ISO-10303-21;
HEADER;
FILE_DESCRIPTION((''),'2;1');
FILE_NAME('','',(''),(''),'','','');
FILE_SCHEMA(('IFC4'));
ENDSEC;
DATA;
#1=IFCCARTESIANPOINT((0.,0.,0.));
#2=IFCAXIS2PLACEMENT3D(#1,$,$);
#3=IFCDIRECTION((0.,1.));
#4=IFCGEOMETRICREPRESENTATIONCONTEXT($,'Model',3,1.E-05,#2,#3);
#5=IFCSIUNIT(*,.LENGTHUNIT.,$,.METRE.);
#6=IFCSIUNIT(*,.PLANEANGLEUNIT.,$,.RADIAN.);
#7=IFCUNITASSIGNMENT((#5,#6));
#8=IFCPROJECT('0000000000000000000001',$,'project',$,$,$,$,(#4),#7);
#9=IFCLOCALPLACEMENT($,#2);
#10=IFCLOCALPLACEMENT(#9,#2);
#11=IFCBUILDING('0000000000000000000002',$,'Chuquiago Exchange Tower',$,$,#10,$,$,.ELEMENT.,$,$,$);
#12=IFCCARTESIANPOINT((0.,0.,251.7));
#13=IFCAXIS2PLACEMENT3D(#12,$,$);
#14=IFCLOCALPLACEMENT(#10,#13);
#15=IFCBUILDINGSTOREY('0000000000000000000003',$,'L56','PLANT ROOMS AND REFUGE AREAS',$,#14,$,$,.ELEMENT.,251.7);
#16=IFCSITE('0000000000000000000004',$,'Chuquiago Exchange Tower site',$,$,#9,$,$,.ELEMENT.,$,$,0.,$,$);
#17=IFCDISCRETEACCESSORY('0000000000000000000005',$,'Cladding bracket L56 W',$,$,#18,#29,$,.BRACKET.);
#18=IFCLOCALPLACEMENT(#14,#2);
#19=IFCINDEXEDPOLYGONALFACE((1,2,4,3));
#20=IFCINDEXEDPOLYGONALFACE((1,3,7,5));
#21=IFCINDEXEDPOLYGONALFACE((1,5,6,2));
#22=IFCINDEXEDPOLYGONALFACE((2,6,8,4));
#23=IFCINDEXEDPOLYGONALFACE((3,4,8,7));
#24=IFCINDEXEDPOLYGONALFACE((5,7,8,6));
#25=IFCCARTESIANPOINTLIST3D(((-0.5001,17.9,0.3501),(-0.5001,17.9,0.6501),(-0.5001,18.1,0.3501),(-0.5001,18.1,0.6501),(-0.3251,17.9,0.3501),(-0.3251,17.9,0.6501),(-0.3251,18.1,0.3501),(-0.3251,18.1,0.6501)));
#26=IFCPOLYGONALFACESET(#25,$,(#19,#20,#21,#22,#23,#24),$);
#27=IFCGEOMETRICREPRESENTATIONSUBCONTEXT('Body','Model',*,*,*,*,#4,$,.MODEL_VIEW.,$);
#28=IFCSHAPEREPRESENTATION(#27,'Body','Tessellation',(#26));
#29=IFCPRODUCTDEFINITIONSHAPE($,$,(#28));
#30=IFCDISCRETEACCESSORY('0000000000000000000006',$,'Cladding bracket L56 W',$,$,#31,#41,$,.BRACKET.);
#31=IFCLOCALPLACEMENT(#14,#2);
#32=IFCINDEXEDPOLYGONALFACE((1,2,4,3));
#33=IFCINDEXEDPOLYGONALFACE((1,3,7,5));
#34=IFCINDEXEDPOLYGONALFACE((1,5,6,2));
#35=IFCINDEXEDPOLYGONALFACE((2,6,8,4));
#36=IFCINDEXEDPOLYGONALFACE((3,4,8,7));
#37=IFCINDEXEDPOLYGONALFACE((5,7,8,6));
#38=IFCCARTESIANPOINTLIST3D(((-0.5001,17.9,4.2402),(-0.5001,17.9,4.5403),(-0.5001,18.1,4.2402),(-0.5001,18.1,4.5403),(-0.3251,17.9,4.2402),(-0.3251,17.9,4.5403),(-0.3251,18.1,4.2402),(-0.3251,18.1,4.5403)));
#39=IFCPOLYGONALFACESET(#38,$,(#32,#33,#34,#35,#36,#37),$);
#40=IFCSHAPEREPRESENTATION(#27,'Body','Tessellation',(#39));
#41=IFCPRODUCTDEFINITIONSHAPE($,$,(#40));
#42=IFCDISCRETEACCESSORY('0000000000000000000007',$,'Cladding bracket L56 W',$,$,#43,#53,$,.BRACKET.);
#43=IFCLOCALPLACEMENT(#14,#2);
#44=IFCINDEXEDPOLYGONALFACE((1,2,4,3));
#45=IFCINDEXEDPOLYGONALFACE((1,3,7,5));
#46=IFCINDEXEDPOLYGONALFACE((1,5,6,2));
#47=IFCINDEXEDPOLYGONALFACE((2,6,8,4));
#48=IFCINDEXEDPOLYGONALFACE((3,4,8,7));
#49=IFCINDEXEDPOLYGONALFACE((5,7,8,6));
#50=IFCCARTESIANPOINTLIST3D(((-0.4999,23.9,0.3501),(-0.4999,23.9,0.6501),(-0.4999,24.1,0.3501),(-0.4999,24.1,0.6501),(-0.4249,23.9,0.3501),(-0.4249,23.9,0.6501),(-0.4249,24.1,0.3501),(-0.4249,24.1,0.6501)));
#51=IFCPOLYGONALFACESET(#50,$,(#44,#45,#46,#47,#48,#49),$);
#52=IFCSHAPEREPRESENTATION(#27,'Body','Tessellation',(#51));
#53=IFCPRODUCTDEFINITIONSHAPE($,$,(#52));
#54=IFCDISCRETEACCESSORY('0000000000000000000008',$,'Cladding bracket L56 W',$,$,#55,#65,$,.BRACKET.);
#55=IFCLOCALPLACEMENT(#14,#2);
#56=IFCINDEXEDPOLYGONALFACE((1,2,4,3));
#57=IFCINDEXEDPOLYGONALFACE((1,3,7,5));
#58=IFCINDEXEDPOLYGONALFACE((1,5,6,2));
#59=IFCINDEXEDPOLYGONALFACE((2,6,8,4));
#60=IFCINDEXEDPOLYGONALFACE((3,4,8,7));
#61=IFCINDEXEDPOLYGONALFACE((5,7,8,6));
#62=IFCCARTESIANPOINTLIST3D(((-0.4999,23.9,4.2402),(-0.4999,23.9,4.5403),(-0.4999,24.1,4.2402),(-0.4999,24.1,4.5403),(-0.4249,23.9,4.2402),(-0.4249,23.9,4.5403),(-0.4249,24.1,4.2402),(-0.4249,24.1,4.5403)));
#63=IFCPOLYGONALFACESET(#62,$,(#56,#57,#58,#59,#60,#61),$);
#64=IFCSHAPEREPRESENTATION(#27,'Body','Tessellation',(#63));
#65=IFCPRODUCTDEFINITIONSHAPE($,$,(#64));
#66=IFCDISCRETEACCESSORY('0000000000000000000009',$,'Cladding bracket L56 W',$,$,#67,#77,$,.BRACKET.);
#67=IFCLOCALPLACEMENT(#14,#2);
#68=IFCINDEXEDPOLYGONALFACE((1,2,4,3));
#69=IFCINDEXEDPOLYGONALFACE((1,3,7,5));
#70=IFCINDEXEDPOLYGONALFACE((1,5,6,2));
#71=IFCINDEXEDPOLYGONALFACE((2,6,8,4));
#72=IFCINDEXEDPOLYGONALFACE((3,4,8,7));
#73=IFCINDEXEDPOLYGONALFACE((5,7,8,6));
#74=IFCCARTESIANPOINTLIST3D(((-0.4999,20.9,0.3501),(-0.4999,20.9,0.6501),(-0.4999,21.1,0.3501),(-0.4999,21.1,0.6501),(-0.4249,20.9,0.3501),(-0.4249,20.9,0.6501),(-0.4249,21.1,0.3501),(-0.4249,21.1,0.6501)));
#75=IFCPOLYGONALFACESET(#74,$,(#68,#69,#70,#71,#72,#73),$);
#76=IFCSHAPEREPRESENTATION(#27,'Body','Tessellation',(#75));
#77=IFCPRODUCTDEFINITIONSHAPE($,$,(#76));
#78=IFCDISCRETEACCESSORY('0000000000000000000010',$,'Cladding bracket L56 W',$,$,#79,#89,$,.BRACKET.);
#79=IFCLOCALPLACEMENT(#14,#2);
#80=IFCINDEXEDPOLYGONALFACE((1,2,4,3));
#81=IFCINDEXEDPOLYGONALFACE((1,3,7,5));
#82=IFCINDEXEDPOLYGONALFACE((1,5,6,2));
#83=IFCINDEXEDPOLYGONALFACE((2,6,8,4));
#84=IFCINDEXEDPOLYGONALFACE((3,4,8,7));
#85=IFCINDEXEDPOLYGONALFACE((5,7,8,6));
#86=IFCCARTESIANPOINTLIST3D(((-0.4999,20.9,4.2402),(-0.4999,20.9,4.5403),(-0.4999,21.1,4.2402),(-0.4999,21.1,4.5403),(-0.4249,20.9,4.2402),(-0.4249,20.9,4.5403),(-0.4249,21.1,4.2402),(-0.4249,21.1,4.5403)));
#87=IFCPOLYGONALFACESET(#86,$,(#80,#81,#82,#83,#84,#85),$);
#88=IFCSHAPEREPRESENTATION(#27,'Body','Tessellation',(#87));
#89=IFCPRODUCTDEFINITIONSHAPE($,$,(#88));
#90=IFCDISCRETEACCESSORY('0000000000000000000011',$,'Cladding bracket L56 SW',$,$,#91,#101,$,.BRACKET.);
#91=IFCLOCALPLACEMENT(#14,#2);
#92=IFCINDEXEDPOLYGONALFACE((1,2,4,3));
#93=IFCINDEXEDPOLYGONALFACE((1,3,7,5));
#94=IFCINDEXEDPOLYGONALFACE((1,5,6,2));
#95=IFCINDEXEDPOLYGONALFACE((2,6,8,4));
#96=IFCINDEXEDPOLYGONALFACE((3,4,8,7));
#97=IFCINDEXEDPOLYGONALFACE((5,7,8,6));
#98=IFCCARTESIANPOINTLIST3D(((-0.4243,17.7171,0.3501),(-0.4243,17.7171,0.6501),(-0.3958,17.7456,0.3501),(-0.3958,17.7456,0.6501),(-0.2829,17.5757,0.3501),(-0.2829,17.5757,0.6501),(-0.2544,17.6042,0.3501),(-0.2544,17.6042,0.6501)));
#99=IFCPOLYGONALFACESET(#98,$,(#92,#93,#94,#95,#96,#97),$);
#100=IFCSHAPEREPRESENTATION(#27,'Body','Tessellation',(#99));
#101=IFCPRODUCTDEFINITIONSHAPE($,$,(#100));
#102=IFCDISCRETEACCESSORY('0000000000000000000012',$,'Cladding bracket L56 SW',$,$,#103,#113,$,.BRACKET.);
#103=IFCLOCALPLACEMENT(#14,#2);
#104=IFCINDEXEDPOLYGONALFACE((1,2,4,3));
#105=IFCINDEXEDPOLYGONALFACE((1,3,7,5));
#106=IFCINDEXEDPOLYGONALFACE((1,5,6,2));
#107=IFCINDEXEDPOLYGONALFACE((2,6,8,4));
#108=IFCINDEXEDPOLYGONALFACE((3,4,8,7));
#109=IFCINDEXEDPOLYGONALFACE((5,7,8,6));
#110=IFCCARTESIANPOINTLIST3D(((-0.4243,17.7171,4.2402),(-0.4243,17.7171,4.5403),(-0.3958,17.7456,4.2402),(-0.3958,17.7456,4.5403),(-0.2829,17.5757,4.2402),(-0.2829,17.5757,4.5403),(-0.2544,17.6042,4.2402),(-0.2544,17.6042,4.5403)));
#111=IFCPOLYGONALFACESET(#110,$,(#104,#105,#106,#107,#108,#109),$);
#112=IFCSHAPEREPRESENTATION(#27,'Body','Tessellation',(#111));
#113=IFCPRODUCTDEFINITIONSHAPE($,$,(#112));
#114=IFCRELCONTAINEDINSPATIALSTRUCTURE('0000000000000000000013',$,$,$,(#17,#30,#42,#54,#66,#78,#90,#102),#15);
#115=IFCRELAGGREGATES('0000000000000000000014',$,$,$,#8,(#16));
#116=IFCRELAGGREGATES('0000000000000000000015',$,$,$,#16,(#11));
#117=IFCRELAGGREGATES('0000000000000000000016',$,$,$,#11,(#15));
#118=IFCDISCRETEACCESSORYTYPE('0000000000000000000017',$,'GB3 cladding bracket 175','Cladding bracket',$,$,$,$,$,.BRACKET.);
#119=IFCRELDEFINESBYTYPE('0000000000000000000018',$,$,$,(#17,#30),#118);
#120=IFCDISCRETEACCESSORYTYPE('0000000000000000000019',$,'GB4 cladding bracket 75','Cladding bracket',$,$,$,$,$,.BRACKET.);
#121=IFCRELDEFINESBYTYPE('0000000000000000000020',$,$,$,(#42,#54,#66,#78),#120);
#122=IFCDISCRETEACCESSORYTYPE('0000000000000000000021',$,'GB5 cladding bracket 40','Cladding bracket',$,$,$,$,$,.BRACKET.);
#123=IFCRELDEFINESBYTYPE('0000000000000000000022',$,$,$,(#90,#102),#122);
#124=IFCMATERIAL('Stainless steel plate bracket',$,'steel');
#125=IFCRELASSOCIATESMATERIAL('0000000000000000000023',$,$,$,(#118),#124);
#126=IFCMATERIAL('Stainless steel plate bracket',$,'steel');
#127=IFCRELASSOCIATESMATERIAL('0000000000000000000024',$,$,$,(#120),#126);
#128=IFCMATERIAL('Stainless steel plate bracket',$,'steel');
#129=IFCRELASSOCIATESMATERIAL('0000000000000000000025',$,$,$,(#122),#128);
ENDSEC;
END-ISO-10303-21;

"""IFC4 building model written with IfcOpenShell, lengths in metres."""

from ifc_helpers import new_model, si_unit, direction, frame, origin, origin_2d, place, context, subcontext, project, spatial, rectangle, extrude, material, type_object, element, save


model = new_model("IFC4")

# Units and contexts
model_context = context("Model", 3, precision=1e-05, world=origin(), true_north=direction((0.0, 1.0)))
body_context = subcontext(model_context, "Body", "Model", "MODEL_VIEW")
ifc_project = project(units=[si_unit("LENGTHUNIT", "METRE"), si_unit("PLANEANGLEUNIT", "RADIAN")], contexts=[model_context])

# Site, building, storey
site_placement = place(None, origin())
site = spatial("IfcSite", under=ifc_project, at=site_placement, Name="Chuquiago Exchange Tower site", CompositionType="ELEMENT", RefElevation=0.0)
building_placement = place(site_placement, origin())
building = spatial("IfcBuilding", under=site, at=building_placement, Name="Chuquiago Exchange Tower", CompositionType="ELEMENT")
storey_placement = place(building_placement, frame((0.0, 0.0, 251.7)))
storey = spatial("IfcBuildingStorey", under=building, at=storey_placement, Name="L56", Description="PLANT ROOMS AND REFUGE AREAS", CompositionType="ELEMENT", Elevation=251.7)

# Discrete accessories
ifc_material_1 = material(Name="Stainless steel plate bracket", Category="steel")
discrete_accessory_type_1 = type_object("IfcDiscreteAccessoryType", Name="GB3 cladding bracket 175", Description="Cladding bracket", PredefinedType="BRACKET", material=ifc_material_1)
for number, where, z_axis, x_axis, name in (
    (1, (-0.4126, 18.0, 0.3501), (0.0, 0.0, 1.0), (0.0, -1.0, 0.0), "Cladding bracket L56 W"),
    (2, (-0.4126, 18.0, 4.2402), (0.0, 0.0, 1.0), (0.0, -1.0, 0.0), "Cladding bracket L56 W"),
):
    element("IfcDiscreteAccessory", number, at=place(storey_placement, frame(where, z_axis=z_axis, x_axis=x_axis)), inside=storey, type_object=discrete_accessory_type_1, Name=name, PredefinedType="BRACKET", context=body_context, shape_type="SweptSolid", body=[
        extrude(rectangle(XDim=0.2, YDim=0.175, at=origin_2d()), origin(), (0.0, 0.0, 1.0), 0.3),
    ])
ifc_material_2 = material(Name="Stainless steel plate bracket", Category="steel")
discrete_accessory_type_2 = type_object("IfcDiscreteAccessoryType", Name="GB4 cladding bracket 75", Description="Cladding bracket", PredefinedType="BRACKET", material=ifc_material_2)
for number, where, z_axis, x_axis, name in (
    (3, (-0.4624, 24.0, 0.3501), (0.0, 0.0, 1.0), (0.0, -1.0, 0.0), "Cladding bracket L56 W"),
    (4, (-0.4624, 24.0, 4.2402), (0.0, 0.0, 1.0), (0.0, -1.0, 0.0), "Cladding bracket L56 W"),
    (5, (-0.4624, 21.0, 0.3501), (0.0, 0.0, 1.0), (0.0, -1.0, 0.0), "Cladding bracket L56 W"),
    (6, (-0.4624, 21.0, 4.2402), (0.0, 0.0, 1.0), (0.0, -1.0, 0.0), "Cladding bracket L56 W"),
):
    element("IfcDiscreteAccessory", number, at=place(storey_placement, frame(where, z_axis=z_axis, x_axis=x_axis)), inside=storey, type_object=discrete_accessory_type_2, Name=name, PredefinedType="BRACKET", context=body_context, shape_type="SweptSolid", body=[
        extrude(rectangle(XDim=0.2, YDim=0.075, at=origin_2d()), origin(), (0.0, 0.0, 1.0), 0.3),
    ])
ifc_material_3 = material(Name="Stainless steel plate bracket", Category="steel")
discrete_accessory_type_3 = type_object("IfcDiscreteAccessoryType", Name="GB5 cladding bracket 40", Description="Cladding bracket", PredefinedType="BRACKET", material=ifc_material_3)
for number, where, z_axis, x_axis, name in (
    (7, (-0.3394, 17.6606, 0.3501), (0.0, 0.0, 1.0), (0.707107, -0.707107, 0.0), "Cladding bracket L56 SW"),
    (8, (-0.3394, 17.6606, 4.2402), (0.0, 0.0, 1.0), (0.707107, -0.707107, 0.0), "Cladding bracket L56 SW"),
):
    element("IfcDiscreteAccessory", number, at=place(storey_placement, frame(where, z_axis=z_axis, x_axis=x_axis)), inside=storey, type_object=discrete_accessory_type_3, Name=name, PredefinedType="BRACKET", context=body_context, shape_type="SweptSolid", body=[
        extrude(rectangle(XDim=0.2, YDim=0.0403, at=origin_2d()), origin(), (0.0, 0.0, 1.0), 0.3),
    ])

save(model, "model.ifc")
